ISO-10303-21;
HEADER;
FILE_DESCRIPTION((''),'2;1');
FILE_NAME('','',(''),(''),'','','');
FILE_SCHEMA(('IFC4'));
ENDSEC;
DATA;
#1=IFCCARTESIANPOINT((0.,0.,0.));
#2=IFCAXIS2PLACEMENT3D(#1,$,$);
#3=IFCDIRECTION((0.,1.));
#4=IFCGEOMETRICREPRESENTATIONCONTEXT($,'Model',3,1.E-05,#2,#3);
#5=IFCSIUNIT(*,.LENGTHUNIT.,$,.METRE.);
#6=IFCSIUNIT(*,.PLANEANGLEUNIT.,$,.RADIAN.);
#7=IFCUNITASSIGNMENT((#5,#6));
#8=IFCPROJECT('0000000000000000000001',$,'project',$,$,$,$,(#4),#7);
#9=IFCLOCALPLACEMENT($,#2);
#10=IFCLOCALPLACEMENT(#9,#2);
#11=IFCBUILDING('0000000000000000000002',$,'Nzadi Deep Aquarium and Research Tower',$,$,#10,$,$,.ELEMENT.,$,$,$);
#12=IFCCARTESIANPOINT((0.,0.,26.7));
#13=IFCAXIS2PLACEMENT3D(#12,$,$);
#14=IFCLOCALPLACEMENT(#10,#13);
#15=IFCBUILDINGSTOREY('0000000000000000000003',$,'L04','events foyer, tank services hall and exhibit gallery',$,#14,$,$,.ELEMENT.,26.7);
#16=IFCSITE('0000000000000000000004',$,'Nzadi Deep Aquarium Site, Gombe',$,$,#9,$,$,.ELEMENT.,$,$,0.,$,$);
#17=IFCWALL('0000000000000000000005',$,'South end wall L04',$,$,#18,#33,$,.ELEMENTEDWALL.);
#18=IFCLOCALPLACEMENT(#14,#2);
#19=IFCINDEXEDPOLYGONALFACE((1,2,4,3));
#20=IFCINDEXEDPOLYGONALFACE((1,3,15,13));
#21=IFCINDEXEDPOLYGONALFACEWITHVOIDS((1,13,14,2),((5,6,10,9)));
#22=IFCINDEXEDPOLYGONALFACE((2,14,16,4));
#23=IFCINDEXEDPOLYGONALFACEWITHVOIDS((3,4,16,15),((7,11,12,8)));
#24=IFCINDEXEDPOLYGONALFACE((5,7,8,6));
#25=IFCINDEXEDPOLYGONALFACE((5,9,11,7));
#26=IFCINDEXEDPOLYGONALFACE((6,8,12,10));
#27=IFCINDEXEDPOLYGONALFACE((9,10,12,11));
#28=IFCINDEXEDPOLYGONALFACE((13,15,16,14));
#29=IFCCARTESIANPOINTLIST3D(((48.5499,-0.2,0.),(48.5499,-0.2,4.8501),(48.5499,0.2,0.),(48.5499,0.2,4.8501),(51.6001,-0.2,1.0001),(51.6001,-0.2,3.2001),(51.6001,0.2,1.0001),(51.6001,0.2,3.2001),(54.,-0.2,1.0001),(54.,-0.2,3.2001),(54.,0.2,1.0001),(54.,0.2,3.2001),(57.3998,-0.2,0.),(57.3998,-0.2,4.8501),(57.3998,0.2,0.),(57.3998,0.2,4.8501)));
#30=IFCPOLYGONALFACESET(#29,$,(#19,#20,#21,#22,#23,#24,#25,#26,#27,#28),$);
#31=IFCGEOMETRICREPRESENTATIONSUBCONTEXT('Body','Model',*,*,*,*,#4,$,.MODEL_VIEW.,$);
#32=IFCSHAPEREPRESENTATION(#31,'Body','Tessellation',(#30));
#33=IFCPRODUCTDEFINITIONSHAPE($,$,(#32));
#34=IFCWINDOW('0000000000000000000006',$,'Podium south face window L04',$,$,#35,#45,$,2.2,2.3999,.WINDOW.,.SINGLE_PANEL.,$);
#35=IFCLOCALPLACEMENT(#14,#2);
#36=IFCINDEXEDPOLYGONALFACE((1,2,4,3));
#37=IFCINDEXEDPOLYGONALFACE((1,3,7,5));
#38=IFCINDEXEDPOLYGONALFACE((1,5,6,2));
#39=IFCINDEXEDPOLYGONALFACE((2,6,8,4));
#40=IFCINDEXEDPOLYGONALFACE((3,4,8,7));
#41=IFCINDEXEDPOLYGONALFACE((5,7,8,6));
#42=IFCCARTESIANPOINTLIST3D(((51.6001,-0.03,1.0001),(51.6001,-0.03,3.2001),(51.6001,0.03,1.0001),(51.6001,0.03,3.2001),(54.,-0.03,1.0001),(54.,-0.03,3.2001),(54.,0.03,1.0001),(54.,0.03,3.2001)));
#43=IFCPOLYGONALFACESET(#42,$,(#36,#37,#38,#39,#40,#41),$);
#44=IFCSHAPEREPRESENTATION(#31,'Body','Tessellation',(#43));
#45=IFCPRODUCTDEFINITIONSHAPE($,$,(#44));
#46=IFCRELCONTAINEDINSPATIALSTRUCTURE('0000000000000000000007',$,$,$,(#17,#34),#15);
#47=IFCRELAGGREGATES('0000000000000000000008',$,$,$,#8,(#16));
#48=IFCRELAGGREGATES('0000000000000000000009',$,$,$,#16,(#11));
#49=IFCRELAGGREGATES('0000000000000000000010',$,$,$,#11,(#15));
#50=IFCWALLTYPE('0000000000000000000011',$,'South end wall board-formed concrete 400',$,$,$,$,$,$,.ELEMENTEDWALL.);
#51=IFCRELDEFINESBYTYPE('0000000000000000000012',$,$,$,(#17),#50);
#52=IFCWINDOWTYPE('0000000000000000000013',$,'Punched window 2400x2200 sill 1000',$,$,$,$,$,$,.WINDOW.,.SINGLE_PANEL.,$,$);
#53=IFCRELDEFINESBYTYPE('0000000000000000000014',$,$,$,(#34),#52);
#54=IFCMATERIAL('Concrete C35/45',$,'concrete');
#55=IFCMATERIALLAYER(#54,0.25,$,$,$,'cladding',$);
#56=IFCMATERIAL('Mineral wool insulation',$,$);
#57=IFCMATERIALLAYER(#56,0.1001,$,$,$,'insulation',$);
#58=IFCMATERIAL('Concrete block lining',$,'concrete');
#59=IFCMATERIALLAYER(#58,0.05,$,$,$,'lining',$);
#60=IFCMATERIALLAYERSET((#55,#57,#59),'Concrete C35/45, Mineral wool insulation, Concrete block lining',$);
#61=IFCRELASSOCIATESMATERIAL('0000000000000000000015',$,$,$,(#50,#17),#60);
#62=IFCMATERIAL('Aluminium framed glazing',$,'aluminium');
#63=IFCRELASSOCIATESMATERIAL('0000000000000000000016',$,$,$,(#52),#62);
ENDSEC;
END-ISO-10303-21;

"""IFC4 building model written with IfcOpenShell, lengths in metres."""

from ifc_helpers import new_model, si_unit, direction, frame, frame_2d, origin, place, context, subcontext, project, spatial, rectangle, extrude, material, layer, layer_set, layer_usage, type_object, element, fill, save


model = new_model("IFC4")

# Units and contexts
model_context = context("Model", 3, precision=1e-05, world=origin(), true_north=direction((0.0, 1.0)))
body_context = subcontext(model_context, "Body", "Model", "MODEL_VIEW")
ifc_project = project(units=[si_unit("LENGTHUNIT", "METRE"), si_unit("PLANEANGLEUNIT", "RADIAN")], contexts=[model_context])

# Site, building, storey
site_placement = place(None, origin())
site = spatial("IfcSite", under=ifc_project, at=site_placement, Name="Nzadi Deep Aquarium Site, Gombe", CompositionType="ELEMENT", RefElevation=0.0)
building_placement = place(site_placement, origin())
building = spatial("IfcBuilding", under=site, at=building_placement, Name="Nzadi Deep Aquarium and Research Tower", CompositionType="ELEMENT")
storey_placement = place(building_placement, frame((0.0, 0.0, 26.7)))
storey = spatial("IfcBuildingStorey", under=building, at=storey_placement, Name="L04", Description="events foyer, tank services hall and exhibit gallery", CompositionType="ELEMENT", Elevation=26.7)

# Wall, opening, window
ifc_material_1 = material(Name="Concrete C35/45", Category="concrete")
ifc_layer_1 = layer(ifc_material_1, 0.25, Category="cladding")
ifc_material_2 = material(Name="Mineral wool insulation")
ifc_layer_2 = layer(ifc_material_2, 0.1001, Category="insulation")
ifc_material_3 = material(Name="Concrete block lining", Category="concrete")
ifc_layer_3 = layer(ifc_material_3, 0.05, Category="lining")
ifc_layer_set_1 = layer_set([ifc_layer_1, ifc_layer_2, ifc_layer_3], Name="Concrete C35/45, Mineral wool insulation, Concrete block lining")
ifc_layer_usage = layer_usage(ifc_layer_set_1, "AXIS2", "POSITIVE", -0.2)
wall_type_1 = type_object("IfcWallType", Name="South end wall board-formed concrete 400", PredefinedType="ELEMENTEDWALL", material=ifc_layer_set_1)
wall_1_placement = place(storey_placement, frame((48.55, 0.0, 0.0), z_axis=(0.0, 0.0, 1.0), x_axis=(1.0, 0.0, 0.0)))
wall_1 = element("IfcWall", 1, at=wall_1_placement, inside=storey, type_object=wall_type_1, material=ifc_layer_usage, Name="South end wall L04", PredefinedType="ELEMENTEDWALL", context=body_context, shape_type="SweptSolid", body=[
    extrude(rectangle(XDim=8.8499, YDim=0.3999, at=frame_2d((4.4248, 0.0))), origin(), (0.0, 0.0, 1.0), 4.8501),
])
opening_1_placement = place(wall_1_placement, frame((3.05, 0.0, 1.0)))
opening_1 = element("IfcOpeningElement", 2, at=opening_1_placement, cuts=wall_1, PredefinedType="OPENING", context=body_context, shape_type="SweptSolid", body=[
    extrude(rectangle(XDim=2.3999, YDim=2.2, at=frame_2d((1.2, 1.1001))), frame((0.0, 0.21, 0.0), z_axis=(0.0, -1.0, 0.0), x_axis=(1.0, 0.0, 0.0)), (0.0, 0.0, 1.0), 0.4199),
])
ifc_material_4 = material(Name="Aluminium framed glazing", Category="aluminium")
window_type = type_object("IfcWindowType", Name="Punched window 2400x2200 sill 1000", PartitioningType="SINGLE_PANEL", PredefinedType="WINDOW", material=ifc_material_4)
window_placement = place(opening_1_placement, origin())
window = element("IfcWindow", 3, at=window_placement, inside=storey, type_object=window_type, Name="Podium south face window L04", OverallHeight=2.2, OverallWidth=2.3999, PartitioningType="SINGLE_PANEL", PredefinedType="WINDOW", context=body_context, shape_type="SweptSolid", body=[
    extrude(rectangle(XDim=2.3999, YDim=2.2, at=frame_2d((1.2, 1.1001))), frame((0.0, 0.03, 0.0), z_axis=(0.0, -1.0, 0.0), x_axis=(1.0, 0.0, 0.0)), (0.0, 0.0, 1.0), 0.0601),
])
fill(opening_1, window)

save(model, "model.ifc")
